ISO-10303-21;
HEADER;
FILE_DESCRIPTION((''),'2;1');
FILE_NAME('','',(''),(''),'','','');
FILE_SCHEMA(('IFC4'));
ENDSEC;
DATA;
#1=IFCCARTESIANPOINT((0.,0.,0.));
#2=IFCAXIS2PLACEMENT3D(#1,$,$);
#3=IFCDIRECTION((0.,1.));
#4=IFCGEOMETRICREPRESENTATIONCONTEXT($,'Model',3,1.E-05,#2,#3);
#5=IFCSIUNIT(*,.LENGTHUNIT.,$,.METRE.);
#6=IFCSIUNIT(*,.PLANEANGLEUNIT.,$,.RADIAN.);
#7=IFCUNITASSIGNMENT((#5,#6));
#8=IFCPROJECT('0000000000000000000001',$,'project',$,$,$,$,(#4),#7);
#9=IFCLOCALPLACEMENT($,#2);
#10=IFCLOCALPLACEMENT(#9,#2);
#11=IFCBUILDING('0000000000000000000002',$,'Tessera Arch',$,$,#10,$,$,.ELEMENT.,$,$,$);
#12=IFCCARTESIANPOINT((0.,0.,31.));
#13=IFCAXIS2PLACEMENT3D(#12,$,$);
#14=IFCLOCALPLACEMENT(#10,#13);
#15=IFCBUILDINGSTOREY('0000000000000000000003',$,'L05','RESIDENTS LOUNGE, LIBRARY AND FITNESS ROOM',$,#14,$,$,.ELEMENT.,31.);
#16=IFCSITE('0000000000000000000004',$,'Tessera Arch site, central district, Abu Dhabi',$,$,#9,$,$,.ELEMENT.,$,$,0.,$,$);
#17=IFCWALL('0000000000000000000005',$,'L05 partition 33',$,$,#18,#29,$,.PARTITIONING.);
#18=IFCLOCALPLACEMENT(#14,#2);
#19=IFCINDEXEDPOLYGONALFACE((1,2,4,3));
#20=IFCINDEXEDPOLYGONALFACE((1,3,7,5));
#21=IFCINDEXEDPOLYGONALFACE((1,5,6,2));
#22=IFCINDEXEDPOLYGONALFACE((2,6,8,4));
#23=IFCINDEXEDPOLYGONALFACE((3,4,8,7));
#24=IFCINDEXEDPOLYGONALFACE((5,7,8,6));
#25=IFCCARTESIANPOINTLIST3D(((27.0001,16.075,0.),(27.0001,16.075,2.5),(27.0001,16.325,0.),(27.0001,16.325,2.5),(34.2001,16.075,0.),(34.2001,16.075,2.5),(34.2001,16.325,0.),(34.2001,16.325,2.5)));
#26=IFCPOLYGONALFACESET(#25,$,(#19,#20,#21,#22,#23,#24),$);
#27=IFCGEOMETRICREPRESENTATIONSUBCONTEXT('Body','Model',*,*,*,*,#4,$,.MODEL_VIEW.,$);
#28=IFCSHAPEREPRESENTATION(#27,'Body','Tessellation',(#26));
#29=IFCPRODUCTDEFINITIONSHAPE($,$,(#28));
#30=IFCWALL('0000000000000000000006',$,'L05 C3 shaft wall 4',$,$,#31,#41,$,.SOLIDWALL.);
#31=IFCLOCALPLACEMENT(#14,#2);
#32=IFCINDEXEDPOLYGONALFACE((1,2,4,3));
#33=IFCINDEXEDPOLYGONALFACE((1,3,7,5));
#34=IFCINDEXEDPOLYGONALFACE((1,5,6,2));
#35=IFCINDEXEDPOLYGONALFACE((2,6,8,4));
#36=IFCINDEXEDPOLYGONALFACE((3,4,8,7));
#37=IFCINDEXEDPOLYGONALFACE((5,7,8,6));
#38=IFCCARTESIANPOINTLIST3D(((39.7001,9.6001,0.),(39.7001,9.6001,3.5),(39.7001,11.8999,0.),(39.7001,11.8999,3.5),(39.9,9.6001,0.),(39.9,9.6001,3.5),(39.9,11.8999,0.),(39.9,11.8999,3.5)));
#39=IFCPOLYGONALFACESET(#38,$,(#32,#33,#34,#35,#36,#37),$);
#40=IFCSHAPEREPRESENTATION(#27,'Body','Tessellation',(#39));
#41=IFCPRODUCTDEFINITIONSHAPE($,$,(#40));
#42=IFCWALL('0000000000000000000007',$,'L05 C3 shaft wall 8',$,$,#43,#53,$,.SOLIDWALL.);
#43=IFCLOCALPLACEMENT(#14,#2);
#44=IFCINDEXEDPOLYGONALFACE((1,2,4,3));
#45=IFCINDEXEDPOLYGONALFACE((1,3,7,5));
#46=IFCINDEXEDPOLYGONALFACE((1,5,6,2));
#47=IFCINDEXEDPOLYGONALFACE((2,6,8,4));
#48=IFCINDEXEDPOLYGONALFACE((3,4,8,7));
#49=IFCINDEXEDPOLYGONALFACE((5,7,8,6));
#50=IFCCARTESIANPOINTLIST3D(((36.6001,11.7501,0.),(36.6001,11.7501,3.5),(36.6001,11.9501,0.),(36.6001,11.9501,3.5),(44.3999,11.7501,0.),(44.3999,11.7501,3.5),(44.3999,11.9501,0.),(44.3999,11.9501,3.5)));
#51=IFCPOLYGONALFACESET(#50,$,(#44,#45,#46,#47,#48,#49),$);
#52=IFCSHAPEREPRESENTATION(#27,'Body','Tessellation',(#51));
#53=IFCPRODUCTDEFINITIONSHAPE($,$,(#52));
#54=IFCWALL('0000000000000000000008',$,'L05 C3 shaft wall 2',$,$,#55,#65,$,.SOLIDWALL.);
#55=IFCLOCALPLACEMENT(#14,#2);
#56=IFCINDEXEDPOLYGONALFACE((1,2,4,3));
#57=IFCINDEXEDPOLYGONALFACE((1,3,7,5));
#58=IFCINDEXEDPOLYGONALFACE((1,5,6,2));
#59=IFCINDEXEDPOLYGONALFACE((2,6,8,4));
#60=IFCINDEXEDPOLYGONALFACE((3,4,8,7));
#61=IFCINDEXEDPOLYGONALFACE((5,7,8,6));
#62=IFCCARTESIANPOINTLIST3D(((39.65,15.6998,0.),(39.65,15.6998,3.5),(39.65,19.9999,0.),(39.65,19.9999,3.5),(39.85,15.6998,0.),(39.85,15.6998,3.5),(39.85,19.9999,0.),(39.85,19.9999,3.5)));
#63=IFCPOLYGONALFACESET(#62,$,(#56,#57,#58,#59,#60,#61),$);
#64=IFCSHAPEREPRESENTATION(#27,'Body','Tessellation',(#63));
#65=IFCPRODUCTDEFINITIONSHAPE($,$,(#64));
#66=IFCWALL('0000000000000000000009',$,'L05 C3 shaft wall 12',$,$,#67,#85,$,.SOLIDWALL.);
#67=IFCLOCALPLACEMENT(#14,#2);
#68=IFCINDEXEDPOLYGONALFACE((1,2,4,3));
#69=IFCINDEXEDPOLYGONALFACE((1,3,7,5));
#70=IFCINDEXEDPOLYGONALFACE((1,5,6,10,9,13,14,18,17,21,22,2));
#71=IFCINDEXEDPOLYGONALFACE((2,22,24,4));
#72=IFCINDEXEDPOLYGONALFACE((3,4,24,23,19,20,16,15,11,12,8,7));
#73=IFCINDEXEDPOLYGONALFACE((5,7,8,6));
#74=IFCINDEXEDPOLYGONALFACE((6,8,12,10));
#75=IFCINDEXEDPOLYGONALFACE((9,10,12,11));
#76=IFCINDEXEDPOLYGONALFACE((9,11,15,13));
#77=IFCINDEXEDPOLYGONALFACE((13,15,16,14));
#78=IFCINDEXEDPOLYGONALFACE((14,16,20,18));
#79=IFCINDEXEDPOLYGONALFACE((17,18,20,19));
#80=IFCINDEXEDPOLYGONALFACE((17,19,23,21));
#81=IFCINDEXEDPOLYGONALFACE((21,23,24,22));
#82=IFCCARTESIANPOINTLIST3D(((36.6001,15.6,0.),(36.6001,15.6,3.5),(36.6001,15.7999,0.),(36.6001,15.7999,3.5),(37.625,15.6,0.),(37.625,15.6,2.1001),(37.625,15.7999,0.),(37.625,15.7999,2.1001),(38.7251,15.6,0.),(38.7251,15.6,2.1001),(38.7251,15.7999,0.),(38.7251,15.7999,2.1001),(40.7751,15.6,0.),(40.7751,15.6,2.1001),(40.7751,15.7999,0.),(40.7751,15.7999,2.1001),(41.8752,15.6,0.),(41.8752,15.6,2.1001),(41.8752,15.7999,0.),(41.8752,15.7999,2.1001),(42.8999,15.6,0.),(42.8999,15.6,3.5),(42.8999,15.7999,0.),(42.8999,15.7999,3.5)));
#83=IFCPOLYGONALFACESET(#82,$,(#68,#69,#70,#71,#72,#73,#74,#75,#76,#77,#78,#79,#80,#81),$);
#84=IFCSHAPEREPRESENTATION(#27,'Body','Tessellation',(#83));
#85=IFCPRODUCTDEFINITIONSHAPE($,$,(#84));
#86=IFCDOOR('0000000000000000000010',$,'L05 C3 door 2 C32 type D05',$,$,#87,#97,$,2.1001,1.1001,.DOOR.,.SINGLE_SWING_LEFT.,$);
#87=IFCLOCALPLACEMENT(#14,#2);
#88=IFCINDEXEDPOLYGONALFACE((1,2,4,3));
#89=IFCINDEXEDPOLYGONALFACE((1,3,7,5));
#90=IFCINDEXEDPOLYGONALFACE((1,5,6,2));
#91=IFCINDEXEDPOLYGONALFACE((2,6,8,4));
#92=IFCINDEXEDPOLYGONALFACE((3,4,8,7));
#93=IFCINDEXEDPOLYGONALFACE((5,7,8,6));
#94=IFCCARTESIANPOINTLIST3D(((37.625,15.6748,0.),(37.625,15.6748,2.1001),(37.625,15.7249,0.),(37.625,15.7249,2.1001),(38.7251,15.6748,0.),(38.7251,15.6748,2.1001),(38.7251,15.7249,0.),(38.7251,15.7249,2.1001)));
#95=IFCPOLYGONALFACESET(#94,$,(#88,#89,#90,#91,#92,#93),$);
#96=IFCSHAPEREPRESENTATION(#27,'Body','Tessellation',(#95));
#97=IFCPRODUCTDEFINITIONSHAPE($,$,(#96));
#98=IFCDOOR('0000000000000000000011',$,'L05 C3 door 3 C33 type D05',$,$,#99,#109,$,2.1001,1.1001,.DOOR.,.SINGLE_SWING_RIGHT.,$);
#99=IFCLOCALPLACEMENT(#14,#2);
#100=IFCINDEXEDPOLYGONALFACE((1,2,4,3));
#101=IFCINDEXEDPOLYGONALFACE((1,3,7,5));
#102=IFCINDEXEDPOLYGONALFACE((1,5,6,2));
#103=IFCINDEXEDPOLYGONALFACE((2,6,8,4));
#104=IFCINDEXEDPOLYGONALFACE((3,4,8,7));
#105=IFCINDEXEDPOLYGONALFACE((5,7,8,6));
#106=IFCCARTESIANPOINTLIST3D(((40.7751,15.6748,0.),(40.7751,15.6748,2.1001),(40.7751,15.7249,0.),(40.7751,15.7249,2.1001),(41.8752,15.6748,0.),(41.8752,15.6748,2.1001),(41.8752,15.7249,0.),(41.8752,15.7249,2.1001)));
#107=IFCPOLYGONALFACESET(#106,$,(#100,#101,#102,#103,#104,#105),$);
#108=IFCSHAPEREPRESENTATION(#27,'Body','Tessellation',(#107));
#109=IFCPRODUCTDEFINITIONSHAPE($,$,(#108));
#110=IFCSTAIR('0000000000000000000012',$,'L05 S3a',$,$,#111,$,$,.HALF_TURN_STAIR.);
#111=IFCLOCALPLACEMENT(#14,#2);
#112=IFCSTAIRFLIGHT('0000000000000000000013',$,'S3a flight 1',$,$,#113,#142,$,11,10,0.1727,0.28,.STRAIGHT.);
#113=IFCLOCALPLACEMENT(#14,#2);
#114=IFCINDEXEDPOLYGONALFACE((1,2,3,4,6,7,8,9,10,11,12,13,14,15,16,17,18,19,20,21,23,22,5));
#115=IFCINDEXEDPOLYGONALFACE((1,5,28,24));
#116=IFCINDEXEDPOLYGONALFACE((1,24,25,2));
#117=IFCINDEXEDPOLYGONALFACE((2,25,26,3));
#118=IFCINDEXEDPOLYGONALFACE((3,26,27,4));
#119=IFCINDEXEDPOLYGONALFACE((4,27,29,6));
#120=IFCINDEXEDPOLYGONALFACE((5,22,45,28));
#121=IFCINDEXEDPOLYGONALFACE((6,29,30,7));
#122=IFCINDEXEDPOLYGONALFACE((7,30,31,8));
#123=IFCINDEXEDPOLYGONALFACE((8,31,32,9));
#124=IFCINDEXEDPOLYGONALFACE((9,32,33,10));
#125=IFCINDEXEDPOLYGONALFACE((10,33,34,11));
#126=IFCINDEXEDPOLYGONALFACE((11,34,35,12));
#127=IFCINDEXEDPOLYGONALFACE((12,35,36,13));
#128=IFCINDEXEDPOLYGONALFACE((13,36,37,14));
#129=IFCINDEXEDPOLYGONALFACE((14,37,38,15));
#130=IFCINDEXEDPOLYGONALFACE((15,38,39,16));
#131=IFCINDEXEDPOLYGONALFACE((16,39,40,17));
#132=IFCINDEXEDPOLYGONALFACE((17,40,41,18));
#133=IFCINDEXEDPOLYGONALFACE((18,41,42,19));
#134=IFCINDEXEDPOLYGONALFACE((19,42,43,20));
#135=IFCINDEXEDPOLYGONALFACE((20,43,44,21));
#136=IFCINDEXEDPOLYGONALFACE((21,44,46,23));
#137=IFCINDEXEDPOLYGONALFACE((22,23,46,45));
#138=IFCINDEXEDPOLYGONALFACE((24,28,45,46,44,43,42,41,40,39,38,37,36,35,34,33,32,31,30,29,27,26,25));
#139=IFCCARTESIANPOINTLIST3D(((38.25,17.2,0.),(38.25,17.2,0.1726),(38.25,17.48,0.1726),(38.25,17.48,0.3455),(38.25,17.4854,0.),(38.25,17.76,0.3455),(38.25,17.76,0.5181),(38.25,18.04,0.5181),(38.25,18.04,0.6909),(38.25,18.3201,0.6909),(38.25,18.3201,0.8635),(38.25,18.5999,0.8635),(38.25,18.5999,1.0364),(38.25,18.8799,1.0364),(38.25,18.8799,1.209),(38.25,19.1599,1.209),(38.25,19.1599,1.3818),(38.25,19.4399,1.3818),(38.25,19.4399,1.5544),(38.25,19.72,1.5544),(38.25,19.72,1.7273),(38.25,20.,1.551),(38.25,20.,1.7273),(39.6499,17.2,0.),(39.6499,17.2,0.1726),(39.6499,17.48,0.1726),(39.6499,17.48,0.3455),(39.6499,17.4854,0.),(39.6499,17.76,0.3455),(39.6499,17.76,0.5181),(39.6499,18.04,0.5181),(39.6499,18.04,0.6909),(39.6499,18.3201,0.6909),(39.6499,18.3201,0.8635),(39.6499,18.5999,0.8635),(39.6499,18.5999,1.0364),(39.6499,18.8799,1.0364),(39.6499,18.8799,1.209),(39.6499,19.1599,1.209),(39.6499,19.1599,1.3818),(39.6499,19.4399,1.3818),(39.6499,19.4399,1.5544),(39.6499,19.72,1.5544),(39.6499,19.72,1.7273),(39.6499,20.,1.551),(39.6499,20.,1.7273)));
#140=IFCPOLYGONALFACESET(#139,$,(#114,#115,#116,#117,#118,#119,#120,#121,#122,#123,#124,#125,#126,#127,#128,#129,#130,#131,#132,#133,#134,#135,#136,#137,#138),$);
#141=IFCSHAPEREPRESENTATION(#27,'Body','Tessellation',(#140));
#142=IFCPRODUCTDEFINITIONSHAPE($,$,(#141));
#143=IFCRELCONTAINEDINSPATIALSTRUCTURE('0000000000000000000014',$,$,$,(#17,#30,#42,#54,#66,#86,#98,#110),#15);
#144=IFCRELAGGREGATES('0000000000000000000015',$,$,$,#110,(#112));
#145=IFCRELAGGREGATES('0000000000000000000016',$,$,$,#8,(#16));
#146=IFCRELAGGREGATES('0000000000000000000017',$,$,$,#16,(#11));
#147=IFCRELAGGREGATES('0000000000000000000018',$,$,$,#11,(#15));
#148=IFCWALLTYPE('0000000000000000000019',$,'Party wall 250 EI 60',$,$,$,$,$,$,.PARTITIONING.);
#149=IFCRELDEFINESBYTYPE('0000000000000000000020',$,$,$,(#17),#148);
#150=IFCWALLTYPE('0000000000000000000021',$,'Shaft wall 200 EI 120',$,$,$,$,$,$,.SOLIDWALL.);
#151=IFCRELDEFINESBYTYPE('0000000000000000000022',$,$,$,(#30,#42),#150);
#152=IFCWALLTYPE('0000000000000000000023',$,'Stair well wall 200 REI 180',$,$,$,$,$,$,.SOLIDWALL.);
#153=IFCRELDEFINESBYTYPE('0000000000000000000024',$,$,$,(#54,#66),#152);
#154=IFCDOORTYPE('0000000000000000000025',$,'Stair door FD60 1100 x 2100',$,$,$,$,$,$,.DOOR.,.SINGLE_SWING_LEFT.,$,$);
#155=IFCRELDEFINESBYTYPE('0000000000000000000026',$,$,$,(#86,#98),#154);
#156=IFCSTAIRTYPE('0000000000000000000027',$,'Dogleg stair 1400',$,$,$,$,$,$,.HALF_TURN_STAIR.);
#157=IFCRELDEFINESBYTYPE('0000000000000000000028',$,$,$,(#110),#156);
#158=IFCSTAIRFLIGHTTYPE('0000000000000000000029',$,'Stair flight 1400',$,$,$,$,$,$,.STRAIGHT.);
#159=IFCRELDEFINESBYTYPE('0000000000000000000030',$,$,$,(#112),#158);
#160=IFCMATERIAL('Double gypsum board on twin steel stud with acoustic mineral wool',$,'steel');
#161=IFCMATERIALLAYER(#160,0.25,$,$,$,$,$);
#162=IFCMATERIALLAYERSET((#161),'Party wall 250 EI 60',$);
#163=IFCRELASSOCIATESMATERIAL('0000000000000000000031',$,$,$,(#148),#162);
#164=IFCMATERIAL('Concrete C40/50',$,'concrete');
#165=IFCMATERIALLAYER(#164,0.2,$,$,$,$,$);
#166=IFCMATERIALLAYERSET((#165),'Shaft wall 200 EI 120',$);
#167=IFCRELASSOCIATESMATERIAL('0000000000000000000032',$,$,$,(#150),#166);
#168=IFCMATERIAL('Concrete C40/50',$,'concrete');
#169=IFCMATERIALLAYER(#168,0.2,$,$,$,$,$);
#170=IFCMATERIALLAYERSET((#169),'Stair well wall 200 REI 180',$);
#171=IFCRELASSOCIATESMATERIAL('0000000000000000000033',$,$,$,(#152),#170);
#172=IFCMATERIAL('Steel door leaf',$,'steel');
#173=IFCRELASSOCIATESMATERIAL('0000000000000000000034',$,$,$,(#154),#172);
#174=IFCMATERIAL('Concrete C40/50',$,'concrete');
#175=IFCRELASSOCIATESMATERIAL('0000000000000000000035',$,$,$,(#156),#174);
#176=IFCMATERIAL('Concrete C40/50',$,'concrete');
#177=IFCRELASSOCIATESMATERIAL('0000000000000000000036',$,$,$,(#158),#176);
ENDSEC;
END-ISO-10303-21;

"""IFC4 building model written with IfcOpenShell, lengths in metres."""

from ifc_helpers import new_model, si_unit, direction, frame, frame_2d, origin, place, context, subcontext, project, spatial, polyline, rectangle, outline, extrude, material, layer, layer_set, type_object, element, fill, aggregate, save


model = new_model("IFC4")

# Units and contexts
model_context = context("Model", 3, precision=1e-05, world=origin(), true_north=direction((0.0, 1.0)))
body_context = subcontext(model_context, "Body", "Model", "MODEL_VIEW")
ifc_project = project(units=[si_unit("LENGTHUNIT", "METRE"), si_unit("PLANEANGLEUNIT", "RADIAN")], contexts=[model_context])

# Site, building, storey
site_placement = place(None, origin())
site = spatial("IfcSite", under=ifc_project, at=site_placement, Name="Tessera Arch site, central district, Abu Dhabi", CompositionType="ELEMENT", RefElevation=0.0)
building_placement = place(site_placement, origin())
building = spatial("IfcBuilding", under=site, at=building_placement, Name="Tessera Arch", CompositionType="ELEMENT")
storey_placement = place(building_placement, frame((0.0, 0.0, 31.0)))
storey = spatial("IfcBuildingStorey", under=building, at=storey_placement, Name="L05", Description="RESIDENTS LOUNGE, LIBRARY AND FITNESS ROOM", CompositionType="ELEMENT", Elevation=31.0)

# Walls
ifc_material_1 = material(Name="Double gypsum board on twin steel stud with acoustic mineral wool", Category="steel")
ifc_layer_1 = layer(ifc_material_1, 0.25)
ifc_layer_set_1 = layer_set([ifc_layer_1], Name="Party wall 250 EI 60")
wall_type_1 = type_object("IfcWallType", Name="Party wall 250 EI 60", PredefinedType="PARTITIONING", material=ifc_layer_set_1)
wall_1_placement = place(storey_placement, frame((27.0, 16.2, 0.0), z_axis=(0.0, 0.0, 1.0), x_axis=(1.0, 0.0, 0.0)))
element("IfcWall", 1, at=wall_1_placement, inside=storey, type_object=wall_type_1, Name="L05 partition 33", PredefinedType="PARTITIONING", context=body_context, shape_type="SweptSolid", body=[
    extrude(rectangle(XDim=7.2, YDim=0.25, at=frame_2d((3.6001, 0.0))), origin(), (0.0, 0.0, 1.0), 2.5),
])
ifc_material_2 = material(Name="Concrete C40/50", Category="concrete")
ifc_layer_2 = layer(ifc_material_2, 0.2)
ifc_layer_set_2 = layer_set([ifc_layer_2], Name="Shaft wall 200 EI 120")
wall_type_2 = type_object("IfcWallType", Name="Shaft wall 200 EI 120", PredefinedType="SOLIDWALL", material=ifc_layer_set_2)
wall_2_placement = place(storey_placement, frame((39.8, 9.6001, 0.0), z_axis=(0.0, 0.0, 1.0), x_axis=(0.0, 1.0, 0.0)))
element("IfcWall", 2, at=wall_2_placement, inside=storey, type_object=wall_type_2, Name="L05 C3 shaft wall 4", PredefinedType="SOLIDWALL", context=body_context, shape_type="SweptSolid", body=[
    extrude(rectangle(XDim=2.2998, YDim=0.2, at=frame_2d((1.1499, 0.0))), origin(), (0.0, 0.0, 1.0), 3.5),
])
wall_3_placement = place(storey_placement, frame((36.6001, 11.8501, 0.0), z_axis=(0.0, 0.0, 1.0), x_axis=(1.0, 0.0, 0.0)))
element("IfcWall", 3, at=wall_3_placement, inside=storey, type_object=wall_type_2, Name="L05 C3 shaft wall 8", PredefinedType="SOLIDWALL", context=body_context, shape_type="SweptSolid", body=[
    extrude(rectangle(XDim=7.7998, YDim=0.2, at=frame_2d((3.8999, 0.0))), origin(), (0.0, 0.0, 1.0), 3.5),
])
ifc_material_3 = material(Name="Concrete C40/50", Category="concrete")
ifc_layer_3 = layer(ifc_material_3, 0.2)
ifc_layer_set_3 = layer_set([ifc_layer_3], Name="Stair well wall 200 REI 180")
wall_type_3 = type_object("IfcWallType", Name="Stair well wall 200 REI 180", PredefinedType="SOLIDWALL", material=ifc_layer_set_3)
wall_4_placement = place(storey_placement, frame((39.75, 15.7, 0.0), z_axis=(0.0, 0.0, 1.0), x_axis=(0.0, 1.0, 0.0)))
element("IfcWall", 4, at=wall_4_placement, inside=storey, type_object=wall_type_3, Name="L05 C3 shaft wall 2", PredefinedType="SOLIDWALL", context=body_context, shape_type="SweptSolid", body=[
    extrude(rectangle(XDim=4.3, YDim=0.2, at=frame_2d((2.1499, 0.0))), origin(), (0.0, 0.0, 1.0), 3.5),
])

# Wall, openings, doors
wall_5_placement = place(storey_placement, frame((36.6001, 15.7, 0.0), z_axis=(0.0, 0.0, 1.0), x_axis=(1.0, 0.0, 0.0)))
wall_5 = element("IfcWall", 5, at=wall_5_placement, inside=storey, type_object=wall_type_3, Name="L05 C3 shaft wall 12", PredefinedType="SOLIDWALL", context=body_context, shape_type="SweptSolid", body=[
    extrude(rectangle(XDim=6.2998, YDim=0.2, at=frame_2d((3.1499, 0.0))), origin(), (0.0, 0.0, 1.0), 3.5),
])
opening_1_placement = place(wall_5_placement, frame((1.0249, 0.0, 0.0)))
opening_1 = element("IfcOpeningElement", 6, at=opening_1_placement, cuts=wall_5, PredefinedType="OPENING", context=body_context, shape_type="SweptSolid", body=[
    extrude(rectangle(XDim=1.1001, YDim=2.1001, at=frame_2d((0.55, 1.05))), frame((0.0, 0.1099, 0.0), z_axis=(0.0, -1.0, 0.0), x_axis=(1.0, 0.0, 0.0)), (0.0, 0.0, 1.0), 0.22),
])
opening_2_placement = place(wall_5_placement, frame((4.175, 0.0, 0.0)))
opening_2 = element("IfcOpeningElement", 7, at=opening_2_placement, cuts=wall_5, PredefinedType="OPENING", context=body_context, shape_type="SweptSolid", body=[
    extrude(rectangle(XDim=1.1001, YDim=2.1001, at=frame_2d((0.55, 1.05))), frame((0.0, 0.1099, 0.0), z_axis=(0.0, -1.0, 0.0), x_axis=(1.0, 0.0, 0.0)), (0.0, 0.0, 1.0), 0.22),
])
ifc_material_4 = material(Name="Steel door leaf", Category="steel")
door_type_1 = type_object("IfcDoorType", Name="Stair door FD60 1100 x 2100", OperationType="SINGLE_SWING_LEFT", PredefinedType="DOOR", material=ifc_material_4)
door_1_placement = place(opening_1_placement, origin())
door_1 = element("IfcDoor", 8, at=door_1_placement, inside=storey, type_object=door_type_1, Name="L05 C3 door 2 C32 type D05", OperationType="SINGLE_SWING_LEFT", OverallHeight=2.1001, OverallWidth=1.1001, PredefinedType="DOOR", context=body_context, shape_type="SweptSolid", body=[
    extrude(rectangle(XDim=1.1001, YDim=2.1001, at=frame_2d((0.55, 1.05))), frame((0.0, 0.0249, 0.0), z_axis=(0.0, -1.0, 0.0), x_axis=(1.0, 0.0, 0.0)), (0.0, 0.0, 1.0), 0.05),
])
fill(opening_1, door_1)
door_2_placement = place(opening_2_placement, origin())
door_2 = element("IfcDoor", 9, at=door_2_placement, inside=storey, type_object=door_type_1, Name="L05 C3 door 3 C33 type D05", OperationType="SINGLE_SWING_RIGHT", OverallHeight=2.1001, OverallWidth=1.1001, PredefinedType="DOOR", context=body_context, shape_type="SweptSolid", body=[
    extrude(rectangle(XDim=1.1001, YDim=2.1001, at=frame_2d((0.55, 1.05))), frame((0.0, 0.0249, 0.0), z_axis=(0.0, -1.0, 0.0), x_axis=(1.0, 0.0, 0.0)), (0.0, 0.0, 1.0), 0.05),
])
fill(opening_2, door_2)

# Stair, stair flight
ifc_material_5 = material(Name="Concrete C40/50", Category="concrete")
stair_type = type_object("IfcStairType", Name="Dogleg stair 1400", PredefinedType="HALF_TURN_STAIR", material=ifc_material_5)
stair_placement = place(storey_placement, origin())
stair = element("IfcStair", 10, at=stair_placement, inside=storey, type_object=stair_type, Name="L05 S3a", PredefinedType="HALF_TURN_STAIR")
ifc_material_6 = material(Name="Concrete C40/50", Category="concrete")
stair_flight_type = type_object("IfcStairFlightType", Name="Stair flight 1400", PredefinedType="STRAIGHT", material=ifc_material_6)
stair_flight_placement = place(storey_placement, frame((38.95, 17.2, 0.0), z_axis=(0.0, 0.0, 1.0), x_axis=(0.0, 1.0, 0.0)))
stair_flight = element("IfcStairFlight", 11, at=stair_flight_placement, type_object=stair_flight_type, Name="S3a flight 1", NumberOfRisers=11, NumberOfTreads=10, PredefinedType="STRAIGHT", RiserHeight=0.1727, TreadLength=0.28, context=body_context, shape_type="SweptSolid", body=[
    extrude(outline(polyline([(0.0, 0.0), (0.0, 0.1726), (0.28, 0.1726), (0.28, 0.3455), (0.5601, 0.3455), (0.5601, 0.5181), (0.8401, 0.5181), (0.8401, 0.6909), (1.1201, 0.6909), (1.1201, 0.8635), (1.3999, 0.8635), (1.3999, 1.0364), (1.6799, 1.0364), (1.6799, 1.209), (1.96, 1.209), (1.96, 1.3818), (2.24, 1.3818), (2.24, 1.5544), (2.52, 1.5544), (2.52, 1.7273), (2.8, 1.7273), (2.8, 1.8999), (2.8, 1.551), (0.2854, 0.0), (0.0, 0.0)])), frame((0.0, 0.7, 0.0), z_axis=(0.0, -1.0, 0.0), x_axis=(1.0, 0.0, 0.0)), (0.0, 0.0, 1.0), 1.3999),
])
aggregate(stair, [stair_flight])

save(model, "model.ifc")
